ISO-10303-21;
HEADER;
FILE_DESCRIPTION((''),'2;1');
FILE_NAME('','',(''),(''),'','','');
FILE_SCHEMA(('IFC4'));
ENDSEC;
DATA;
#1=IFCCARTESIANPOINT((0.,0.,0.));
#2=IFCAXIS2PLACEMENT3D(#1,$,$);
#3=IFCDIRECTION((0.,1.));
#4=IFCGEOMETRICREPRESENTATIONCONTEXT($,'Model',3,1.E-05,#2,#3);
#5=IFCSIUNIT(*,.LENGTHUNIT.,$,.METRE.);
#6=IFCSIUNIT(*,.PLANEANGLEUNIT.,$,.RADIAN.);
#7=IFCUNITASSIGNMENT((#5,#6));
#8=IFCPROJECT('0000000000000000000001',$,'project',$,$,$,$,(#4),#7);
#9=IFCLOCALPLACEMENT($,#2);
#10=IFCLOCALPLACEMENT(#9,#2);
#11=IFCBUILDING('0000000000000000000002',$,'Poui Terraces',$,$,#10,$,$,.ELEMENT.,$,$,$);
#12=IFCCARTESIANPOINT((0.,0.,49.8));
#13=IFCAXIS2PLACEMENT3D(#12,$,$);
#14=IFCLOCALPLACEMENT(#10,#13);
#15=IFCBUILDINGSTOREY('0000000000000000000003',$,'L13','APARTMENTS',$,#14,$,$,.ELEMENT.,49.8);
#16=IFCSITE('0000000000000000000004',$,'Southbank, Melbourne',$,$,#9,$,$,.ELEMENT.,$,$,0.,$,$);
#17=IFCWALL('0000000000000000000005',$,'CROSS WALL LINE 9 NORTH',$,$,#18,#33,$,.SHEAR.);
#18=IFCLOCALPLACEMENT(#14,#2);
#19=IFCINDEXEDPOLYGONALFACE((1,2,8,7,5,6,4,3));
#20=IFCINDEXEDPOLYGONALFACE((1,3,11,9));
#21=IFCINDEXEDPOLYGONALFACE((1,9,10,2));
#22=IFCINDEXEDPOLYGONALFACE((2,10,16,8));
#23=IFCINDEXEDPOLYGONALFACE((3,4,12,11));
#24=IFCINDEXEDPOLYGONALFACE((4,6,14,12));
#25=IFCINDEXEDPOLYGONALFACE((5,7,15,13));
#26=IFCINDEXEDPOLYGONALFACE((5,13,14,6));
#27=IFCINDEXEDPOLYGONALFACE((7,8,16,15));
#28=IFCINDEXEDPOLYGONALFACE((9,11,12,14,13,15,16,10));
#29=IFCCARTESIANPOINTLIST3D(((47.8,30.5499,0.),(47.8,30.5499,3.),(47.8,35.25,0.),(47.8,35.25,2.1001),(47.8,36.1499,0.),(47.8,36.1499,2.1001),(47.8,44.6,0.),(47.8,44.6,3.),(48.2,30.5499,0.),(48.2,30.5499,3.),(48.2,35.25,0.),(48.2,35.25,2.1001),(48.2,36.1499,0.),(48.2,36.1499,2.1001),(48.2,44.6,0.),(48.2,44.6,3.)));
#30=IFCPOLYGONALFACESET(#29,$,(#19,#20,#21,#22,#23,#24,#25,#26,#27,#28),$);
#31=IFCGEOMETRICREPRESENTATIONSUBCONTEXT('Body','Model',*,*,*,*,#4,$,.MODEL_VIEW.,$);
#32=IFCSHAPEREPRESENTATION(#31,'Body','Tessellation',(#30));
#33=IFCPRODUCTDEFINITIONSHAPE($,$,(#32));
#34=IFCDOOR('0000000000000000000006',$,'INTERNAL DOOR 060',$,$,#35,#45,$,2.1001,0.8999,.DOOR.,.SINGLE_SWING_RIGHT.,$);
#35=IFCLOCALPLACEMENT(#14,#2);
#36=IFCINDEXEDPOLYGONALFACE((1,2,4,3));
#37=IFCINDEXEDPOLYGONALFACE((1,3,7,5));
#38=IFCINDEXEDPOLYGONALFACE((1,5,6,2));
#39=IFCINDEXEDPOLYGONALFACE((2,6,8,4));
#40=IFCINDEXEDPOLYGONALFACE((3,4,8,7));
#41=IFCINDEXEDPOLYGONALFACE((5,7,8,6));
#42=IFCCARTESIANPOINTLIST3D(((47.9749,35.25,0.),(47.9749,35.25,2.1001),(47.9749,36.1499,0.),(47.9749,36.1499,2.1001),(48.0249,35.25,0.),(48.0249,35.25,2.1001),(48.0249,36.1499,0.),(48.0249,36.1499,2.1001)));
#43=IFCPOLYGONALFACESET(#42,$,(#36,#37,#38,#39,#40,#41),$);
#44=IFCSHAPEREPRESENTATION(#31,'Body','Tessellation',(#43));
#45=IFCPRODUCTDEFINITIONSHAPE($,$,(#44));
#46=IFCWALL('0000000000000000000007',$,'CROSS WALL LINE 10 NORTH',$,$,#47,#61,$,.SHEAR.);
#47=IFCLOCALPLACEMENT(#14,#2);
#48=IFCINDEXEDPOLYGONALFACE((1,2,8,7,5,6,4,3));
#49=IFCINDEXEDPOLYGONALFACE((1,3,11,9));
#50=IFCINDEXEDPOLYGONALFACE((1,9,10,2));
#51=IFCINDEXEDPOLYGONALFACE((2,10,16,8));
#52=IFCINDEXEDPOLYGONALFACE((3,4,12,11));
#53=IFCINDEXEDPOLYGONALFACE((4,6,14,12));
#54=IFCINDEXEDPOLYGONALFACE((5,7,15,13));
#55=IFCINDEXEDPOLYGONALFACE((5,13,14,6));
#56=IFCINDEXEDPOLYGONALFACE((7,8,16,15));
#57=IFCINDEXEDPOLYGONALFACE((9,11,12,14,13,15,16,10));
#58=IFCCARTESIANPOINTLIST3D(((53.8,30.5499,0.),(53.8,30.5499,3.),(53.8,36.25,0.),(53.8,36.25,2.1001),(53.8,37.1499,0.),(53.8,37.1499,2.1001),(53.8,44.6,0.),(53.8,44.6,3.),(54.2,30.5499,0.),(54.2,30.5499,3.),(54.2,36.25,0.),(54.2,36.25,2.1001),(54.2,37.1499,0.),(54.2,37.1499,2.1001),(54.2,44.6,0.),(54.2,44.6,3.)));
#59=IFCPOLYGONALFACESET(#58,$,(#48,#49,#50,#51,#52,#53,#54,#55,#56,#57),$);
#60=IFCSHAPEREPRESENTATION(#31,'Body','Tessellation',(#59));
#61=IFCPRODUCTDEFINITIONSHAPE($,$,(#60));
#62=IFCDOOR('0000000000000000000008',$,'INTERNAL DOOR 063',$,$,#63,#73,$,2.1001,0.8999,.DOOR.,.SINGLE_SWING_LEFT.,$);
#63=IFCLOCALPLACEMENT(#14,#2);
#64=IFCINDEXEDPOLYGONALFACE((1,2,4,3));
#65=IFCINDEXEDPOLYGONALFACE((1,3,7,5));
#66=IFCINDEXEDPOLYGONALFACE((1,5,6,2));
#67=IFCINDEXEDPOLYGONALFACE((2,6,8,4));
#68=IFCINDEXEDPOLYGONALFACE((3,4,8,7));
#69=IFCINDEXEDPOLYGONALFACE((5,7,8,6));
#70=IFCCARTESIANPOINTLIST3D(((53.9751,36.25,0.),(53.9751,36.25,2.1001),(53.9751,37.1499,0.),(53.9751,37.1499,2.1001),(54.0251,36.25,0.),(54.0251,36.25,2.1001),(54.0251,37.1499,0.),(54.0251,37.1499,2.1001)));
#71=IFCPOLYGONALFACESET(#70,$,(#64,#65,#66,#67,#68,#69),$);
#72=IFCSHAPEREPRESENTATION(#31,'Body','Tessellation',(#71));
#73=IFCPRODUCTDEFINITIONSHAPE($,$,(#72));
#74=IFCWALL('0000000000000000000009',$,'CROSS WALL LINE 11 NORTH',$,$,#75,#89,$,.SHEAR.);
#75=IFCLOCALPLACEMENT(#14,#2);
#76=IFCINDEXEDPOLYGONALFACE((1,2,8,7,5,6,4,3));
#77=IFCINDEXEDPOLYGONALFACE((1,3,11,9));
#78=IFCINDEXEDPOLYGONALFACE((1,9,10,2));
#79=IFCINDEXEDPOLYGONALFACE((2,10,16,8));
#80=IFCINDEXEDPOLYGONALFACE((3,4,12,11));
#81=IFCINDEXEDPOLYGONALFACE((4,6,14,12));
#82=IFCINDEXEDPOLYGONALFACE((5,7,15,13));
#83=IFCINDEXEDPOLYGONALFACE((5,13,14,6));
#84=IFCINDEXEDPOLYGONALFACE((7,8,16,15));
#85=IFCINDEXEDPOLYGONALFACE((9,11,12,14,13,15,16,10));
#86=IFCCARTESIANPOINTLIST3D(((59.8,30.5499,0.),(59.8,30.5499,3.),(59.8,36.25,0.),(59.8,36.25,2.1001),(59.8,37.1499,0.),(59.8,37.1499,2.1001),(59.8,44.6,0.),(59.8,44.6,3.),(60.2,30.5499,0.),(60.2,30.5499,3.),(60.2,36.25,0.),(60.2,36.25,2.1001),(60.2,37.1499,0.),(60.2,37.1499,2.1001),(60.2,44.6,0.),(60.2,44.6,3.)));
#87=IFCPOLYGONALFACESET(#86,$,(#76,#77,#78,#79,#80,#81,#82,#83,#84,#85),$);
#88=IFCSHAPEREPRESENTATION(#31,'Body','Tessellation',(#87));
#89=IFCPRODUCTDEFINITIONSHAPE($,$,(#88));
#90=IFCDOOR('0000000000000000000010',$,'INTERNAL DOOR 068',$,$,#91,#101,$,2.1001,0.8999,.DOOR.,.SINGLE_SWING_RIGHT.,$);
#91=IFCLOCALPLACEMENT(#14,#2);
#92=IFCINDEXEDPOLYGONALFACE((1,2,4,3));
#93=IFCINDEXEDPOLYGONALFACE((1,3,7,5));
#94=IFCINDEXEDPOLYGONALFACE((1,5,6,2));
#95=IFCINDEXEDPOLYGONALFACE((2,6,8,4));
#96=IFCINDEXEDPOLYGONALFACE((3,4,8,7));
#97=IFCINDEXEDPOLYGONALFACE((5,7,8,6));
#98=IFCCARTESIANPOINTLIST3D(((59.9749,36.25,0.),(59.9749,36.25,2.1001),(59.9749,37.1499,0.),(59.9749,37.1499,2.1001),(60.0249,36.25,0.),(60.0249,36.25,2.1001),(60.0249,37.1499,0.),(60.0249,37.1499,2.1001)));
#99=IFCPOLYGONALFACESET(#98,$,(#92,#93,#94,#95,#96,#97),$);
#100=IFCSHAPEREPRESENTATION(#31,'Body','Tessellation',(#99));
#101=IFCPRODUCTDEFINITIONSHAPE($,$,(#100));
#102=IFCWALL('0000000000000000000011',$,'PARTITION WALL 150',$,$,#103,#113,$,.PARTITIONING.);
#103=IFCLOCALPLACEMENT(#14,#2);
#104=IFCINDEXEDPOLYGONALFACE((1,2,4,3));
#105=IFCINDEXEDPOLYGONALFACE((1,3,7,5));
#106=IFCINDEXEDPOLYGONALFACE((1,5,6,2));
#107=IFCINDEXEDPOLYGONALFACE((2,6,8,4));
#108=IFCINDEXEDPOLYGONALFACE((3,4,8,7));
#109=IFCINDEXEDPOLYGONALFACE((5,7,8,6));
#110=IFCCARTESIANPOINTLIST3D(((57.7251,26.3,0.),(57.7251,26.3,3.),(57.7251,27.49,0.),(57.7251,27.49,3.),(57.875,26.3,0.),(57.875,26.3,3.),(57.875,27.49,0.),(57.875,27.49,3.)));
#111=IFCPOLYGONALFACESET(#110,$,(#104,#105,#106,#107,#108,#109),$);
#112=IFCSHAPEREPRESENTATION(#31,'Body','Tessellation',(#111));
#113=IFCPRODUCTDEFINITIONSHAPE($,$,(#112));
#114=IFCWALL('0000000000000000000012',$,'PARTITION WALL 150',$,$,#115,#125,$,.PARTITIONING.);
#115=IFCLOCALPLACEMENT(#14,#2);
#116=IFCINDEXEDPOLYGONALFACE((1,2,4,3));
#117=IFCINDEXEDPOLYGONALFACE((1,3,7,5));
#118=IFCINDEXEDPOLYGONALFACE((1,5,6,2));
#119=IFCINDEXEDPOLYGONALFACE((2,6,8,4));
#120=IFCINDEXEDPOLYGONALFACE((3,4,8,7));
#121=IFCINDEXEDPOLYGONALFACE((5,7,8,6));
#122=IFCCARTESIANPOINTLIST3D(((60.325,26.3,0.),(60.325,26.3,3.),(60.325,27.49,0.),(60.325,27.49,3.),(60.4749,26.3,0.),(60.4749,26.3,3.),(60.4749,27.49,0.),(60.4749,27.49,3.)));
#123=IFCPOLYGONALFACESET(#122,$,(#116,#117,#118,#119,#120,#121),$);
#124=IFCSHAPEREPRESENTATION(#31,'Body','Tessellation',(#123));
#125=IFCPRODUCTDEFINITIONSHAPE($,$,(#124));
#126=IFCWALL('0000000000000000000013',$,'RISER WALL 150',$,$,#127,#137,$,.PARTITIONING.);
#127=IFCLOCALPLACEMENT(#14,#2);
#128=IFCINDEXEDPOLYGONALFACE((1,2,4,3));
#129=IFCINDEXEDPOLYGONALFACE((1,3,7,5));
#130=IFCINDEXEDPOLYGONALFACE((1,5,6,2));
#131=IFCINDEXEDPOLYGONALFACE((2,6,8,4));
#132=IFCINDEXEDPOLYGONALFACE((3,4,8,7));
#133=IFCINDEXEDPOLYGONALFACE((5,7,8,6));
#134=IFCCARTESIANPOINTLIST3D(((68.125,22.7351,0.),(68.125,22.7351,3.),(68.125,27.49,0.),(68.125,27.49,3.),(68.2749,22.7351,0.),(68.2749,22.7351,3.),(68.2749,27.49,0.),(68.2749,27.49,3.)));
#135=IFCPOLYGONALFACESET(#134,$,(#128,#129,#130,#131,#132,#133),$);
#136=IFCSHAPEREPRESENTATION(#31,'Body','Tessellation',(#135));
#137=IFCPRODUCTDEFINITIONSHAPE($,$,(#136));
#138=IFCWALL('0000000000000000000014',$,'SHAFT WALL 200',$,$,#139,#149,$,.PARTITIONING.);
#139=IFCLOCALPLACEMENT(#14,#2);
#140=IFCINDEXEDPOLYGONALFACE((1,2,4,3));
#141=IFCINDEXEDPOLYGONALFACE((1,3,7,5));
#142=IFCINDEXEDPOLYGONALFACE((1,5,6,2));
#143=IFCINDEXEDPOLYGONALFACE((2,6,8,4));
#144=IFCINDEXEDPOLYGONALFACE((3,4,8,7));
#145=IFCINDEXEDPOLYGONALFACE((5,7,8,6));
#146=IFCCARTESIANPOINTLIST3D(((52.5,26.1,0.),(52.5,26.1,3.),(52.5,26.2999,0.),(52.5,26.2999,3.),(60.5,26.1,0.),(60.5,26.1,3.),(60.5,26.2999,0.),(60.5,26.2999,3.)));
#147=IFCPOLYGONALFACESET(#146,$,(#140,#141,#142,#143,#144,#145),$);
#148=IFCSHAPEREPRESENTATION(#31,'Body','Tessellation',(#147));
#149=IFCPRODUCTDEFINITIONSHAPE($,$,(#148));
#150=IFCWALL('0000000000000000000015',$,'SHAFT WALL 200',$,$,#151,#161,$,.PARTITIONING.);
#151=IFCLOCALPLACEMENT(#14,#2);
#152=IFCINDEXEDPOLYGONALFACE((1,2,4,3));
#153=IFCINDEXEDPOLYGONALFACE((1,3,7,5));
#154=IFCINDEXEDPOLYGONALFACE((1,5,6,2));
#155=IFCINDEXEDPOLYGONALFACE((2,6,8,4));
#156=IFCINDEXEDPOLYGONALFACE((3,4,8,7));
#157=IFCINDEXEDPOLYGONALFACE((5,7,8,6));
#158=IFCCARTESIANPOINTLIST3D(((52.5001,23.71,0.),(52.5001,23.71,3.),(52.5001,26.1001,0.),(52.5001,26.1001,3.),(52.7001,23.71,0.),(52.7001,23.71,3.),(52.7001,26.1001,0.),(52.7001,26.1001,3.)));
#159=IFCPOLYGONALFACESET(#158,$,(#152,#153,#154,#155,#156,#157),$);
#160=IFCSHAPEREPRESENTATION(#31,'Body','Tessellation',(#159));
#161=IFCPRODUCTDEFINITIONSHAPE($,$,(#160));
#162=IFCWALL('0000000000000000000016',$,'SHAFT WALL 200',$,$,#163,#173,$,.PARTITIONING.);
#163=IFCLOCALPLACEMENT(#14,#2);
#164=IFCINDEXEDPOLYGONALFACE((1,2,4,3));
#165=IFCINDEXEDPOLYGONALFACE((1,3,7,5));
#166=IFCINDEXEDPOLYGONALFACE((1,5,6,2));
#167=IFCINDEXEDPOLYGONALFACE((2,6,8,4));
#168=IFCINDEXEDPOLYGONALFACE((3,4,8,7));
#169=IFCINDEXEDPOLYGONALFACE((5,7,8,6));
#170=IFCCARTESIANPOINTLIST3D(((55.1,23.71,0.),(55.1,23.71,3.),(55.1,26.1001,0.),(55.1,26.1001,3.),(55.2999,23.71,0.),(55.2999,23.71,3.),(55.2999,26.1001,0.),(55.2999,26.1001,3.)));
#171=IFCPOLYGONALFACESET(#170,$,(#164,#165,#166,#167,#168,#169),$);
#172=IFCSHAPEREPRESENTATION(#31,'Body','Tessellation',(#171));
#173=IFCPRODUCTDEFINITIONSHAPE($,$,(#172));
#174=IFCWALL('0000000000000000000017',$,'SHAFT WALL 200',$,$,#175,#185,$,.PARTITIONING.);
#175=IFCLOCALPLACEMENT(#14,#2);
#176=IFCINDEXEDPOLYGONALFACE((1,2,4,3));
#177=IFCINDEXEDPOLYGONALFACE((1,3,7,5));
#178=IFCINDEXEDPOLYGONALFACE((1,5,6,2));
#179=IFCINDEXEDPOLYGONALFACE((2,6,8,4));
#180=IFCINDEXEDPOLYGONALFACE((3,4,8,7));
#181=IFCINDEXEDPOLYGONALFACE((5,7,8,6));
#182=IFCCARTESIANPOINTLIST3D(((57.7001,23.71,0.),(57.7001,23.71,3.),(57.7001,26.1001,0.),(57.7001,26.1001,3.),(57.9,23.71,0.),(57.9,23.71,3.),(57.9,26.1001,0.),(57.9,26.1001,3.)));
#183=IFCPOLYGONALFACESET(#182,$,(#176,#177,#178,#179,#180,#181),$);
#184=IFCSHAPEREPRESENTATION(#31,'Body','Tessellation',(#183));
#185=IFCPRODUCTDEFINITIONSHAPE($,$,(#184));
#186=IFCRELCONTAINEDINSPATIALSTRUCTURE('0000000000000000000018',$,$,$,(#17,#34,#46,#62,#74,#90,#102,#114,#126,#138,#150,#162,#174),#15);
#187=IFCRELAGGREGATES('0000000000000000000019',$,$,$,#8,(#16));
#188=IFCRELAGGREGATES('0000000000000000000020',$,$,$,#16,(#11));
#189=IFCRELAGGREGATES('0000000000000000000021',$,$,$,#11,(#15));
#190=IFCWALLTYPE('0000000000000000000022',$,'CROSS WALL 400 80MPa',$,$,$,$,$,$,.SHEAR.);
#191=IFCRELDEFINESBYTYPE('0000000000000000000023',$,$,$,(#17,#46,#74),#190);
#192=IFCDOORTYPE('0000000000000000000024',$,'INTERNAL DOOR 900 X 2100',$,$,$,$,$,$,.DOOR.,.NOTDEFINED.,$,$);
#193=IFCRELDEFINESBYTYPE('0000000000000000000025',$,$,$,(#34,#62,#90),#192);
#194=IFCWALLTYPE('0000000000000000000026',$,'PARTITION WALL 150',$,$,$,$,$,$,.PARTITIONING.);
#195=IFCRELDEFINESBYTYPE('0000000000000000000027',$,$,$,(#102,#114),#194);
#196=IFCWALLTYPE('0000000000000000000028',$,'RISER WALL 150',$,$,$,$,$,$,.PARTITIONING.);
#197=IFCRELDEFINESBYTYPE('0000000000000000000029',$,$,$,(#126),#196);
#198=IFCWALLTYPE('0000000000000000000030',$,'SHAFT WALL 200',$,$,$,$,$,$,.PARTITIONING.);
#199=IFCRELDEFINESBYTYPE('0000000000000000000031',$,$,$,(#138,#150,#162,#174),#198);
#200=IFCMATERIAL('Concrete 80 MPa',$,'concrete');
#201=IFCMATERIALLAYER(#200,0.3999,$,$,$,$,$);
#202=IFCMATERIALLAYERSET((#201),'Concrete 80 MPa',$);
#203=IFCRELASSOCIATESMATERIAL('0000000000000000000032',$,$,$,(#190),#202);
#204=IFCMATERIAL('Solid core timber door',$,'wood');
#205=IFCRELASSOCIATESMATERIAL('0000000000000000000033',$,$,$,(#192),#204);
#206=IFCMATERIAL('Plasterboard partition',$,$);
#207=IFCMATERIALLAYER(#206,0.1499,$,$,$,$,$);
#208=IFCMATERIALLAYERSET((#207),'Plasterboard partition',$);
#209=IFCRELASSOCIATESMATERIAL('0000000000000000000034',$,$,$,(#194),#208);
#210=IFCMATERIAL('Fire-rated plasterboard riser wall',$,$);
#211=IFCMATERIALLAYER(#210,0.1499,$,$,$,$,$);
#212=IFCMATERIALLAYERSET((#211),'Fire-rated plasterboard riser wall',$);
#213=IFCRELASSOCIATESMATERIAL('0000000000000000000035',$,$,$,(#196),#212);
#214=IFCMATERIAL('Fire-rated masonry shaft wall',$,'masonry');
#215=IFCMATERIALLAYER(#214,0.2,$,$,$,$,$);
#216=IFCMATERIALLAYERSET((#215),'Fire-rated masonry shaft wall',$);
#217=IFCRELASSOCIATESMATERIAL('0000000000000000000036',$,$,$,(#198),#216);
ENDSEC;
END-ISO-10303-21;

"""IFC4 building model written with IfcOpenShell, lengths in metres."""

from ifc_helpers import new_model, si_unit, direction, frame, frame_2d, origin, place, context, subcontext, project, spatial, rectangle, extrude, material, layer, layer_set, type_object, element, fill, save


model = new_model("IFC4")

# Units and contexts
model_context = context("Model", 3, precision=1e-05, world=origin(), true_north=direction((0.0, 1.0)))
body_context = subcontext(model_context, "Body", "Model", "MODEL_VIEW")
ifc_project = project(units=[si_unit("LENGTHUNIT", "METRE"), si_unit("PLANEANGLEUNIT", "RADIAN")], contexts=[model_context])

# Site, building, storey
site_placement = place(None, origin())
site = spatial("IfcSite", under=ifc_project, at=site_placement, Name="Southbank, Melbourne", CompositionType="ELEMENT", RefElevation=0.0)
building_placement = place(site_placement, origin())
building = spatial("IfcBuilding", under=site, at=building_placement, Name="Poui Terraces", CompositionType="ELEMENT")
storey_placement = place(building_placement, frame((0.0, 0.0, 49.8)))
storey = spatial("IfcBuildingStorey", under=building, at=storey_placement, Name="L13", Description="APARTMENTS", CompositionType="ELEMENT", Elevation=49.8)

# Shared definitions
ifc_material_1 = material(Name="Concrete 80 MPa", Category="concrete")

# Walls, openings, doors
ifc_layer_1 = layer(ifc_material_1, 0.3999)
ifc_layer_set_1 = layer_set([ifc_layer_1], Name="Concrete 80 MPa")
wall_type_1 = type_object("IfcWallType", Name="CROSS WALL 400 80MPa", PredefinedType="SHEAR", material=ifc_layer_set_1)
wall_1_placement = place(storey_placement, frame((48.0, 30.55, 0.0), z_axis=(0.0, 0.0, 1.0), x_axis=(0.0, 1.0, 0.0)))
wall_1 = element("IfcWall", 1, at=wall_1_placement, inside=storey, type_object=wall_type_1, Name="CROSS WALL LINE 9 NORTH", PredefinedType="SHEAR", context=body_context, shape_type="SweptSolid", body=[
    extrude(rectangle(XDim=14.05, YDim=0.3999, at=frame_2d((7.0249, 0.0))), origin(), (0.0, 0.0, 1.0), 3.0),
])
opening_1_placement = place(wall_1_placement, frame((4.7, 0.0, 0.0)))
opening_1 = element("IfcOpeningElement", 2, at=opening_1_placement, cuts=wall_1, PredefinedType="OPENING", context=body_context, shape_type="SweptSolid", body=[
    extrude(rectangle(XDim=0.8999, YDim=2.1001, at=frame_2d((0.45, 1.05))), frame((0.0, 0.21, 0.0), z_axis=(0.0, -1.0, 0.0), x_axis=(1.0, 0.0, 0.0)), (0.0, 0.0, 1.0), 0.4199),
])
ifc_material_2 = material(Name="Solid core timber door", Category="wood")
door_type_1 = type_object("IfcDoorType", Name="INTERNAL DOOR 900 X 2100", OperationType="NOTDEFINED", PredefinedType="DOOR", material=ifc_material_2)
door_1_placement = place(opening_1_placement, frame((0.8999, 0.0, 0.0), z_axis=(0.0, 0.0, 1.0), x_axis=(-1.0, 0.0, 0.0)))
door_1 = element("IfcDoor", 3, at=door_1_placement, inside=storey, type_object=door_type_1, Name="INTERNAL DOOR 060", OperationType="SINGLE_SWING_RIGHT", OverallHeight=2.1001, OverallWidth=0.8999, PredefinedType="DOOR", context=body_context, shape_type="SweptSolid", body=[
    extrude(rectangle(XDim=0.8999, YDim=2.1001, at=frame_2d((0.45, 1.05))), frame((0.0, 0.0249, 0.0), z_axis=(0.0, -1.0, 0.0), x_axis=(1.0, 0.0, 0.0)), (0.0, 0.0, 1.0), 0.05),
])
fill(opening_1, door_1)
wall_2_placement = place(storey_placement, frame((54.0, 30.55, 0.0), z_axis=(0.0, 0.0, 1.0), x_axis=(0.0, 1.0, 0.0)))
wall_2 = element("IfcWall", 4, at=wall_2_placement, inside=storey, type_object=wall_type_1, Name="CROSS WALL LINE 10 NORTH", PredefinedType="SHEAR", context=body_context, shape_type="SweptSolid", body=[
    extrude(rectangle(XDim=14.05, YDim=0.3999, at=frame_2d((7.0249, 0.0))), origin(), (0.0, 0.0, 1.0), 3.0),
])
opening_2_placement = place(wall_2_placement, frame((5.7, 0.0, 0.0)))
opening_2 = element("IfcOpeningElement", 5, at=opening_2_placement, cuts=wall_2, PredefinedType="OPENING", context=body_context, shape_type="SweptSolid", body=[
    extrude(rectangle(XDim=0.8999, YDim=2.1001, at=frame_2d((0.45, 1.05))), frame((0.0, 0.21, 0.0), z_axis=(0.0, -1.0, 0.0), x_axis=(1.0, 0.0, 0.0)), (0.0, 0.0, 1.0), 0.4199),
])
door_2_placement = place(opening_2_placement, origin())
door_2 = element("IfcDoor", 6, at=door_2_placement, inside=storey, type_object=door_type_1, Name="INTERNAL DOOR 063", OperationType="SINGLE_SWING_LEFT", OverallHeight=2.1001, OverallWidth=0.8999, PredefinedType="DOOR", context=body_context, shape_type="SweptSolid", body=[
    extrude(rectangle(XDim=0.8999, YDim=2.1001, at=frame_2d((0.45, 1.05))), frame((0.0, 0.0249, 0.0), z_axis=(0.0, -1.0, 0.0), x_axis=(1.0, 0.0, 0.0)), (0.0, 0.0, 1.0), 0.05),
])
fill(opening_2, door_2)
wall_3_placement = place(storey_placement, frame((60.0, 30.55, 0.0), z_axis=(0.0, 0.0, 1.0), x_axis=(0.0, 1.0, 0.0)))
wall_3 = element("IfcWall", 7, at=wall_3_placement, inside=storey, type_object=wall_type_1, Name="CROSS WALL LINE 11 NORTH", PredefinedType="SHEAR", context=body_context, shape_type="SweptSolid", body=[
    extrude(rectangle(XDim=14.05, YDim=0.3999, at=frame_2d((7.0249, 0.0))), origin(), (0.0, 0.0, 1.0), 3.0),
])
opening_3_placement = place(wall_3_placement, frame((5.7, 0.0, 0.0)))
opening_3 = element("IfcOpeningElement", 8, at=opening_3_placement, cuts=wall_3, PredefinedType="OPENING", context=body_context, shape_type="SweptSolid", body=[
    extrude(rectangle(XDim=0.8999, YDim=2.1001, at=frame_2d((0.45, 1.05))), frame((0.0, 0.21, 0.0), z_axis=(0.0, -1.0, 0.0), x_axis=(1.0, 0.0, 0.0)), (0.0, 0.0, 1.0), 0.4199),
])
door_3_placement = place(opening_3_placement, frame((0.8999, 0.0, 0.0), z_axis=(0.0, 0.0, 1.0), x_axis=(-1.0, 0.0, 0.0)))
door_3 = element("IfcDoor", 9, at=door_3_placement, inside=storey, type_object=door_type_1, Name="INTERNAL DOOR 068", OperationType="SINGLE_SWING_RIGHT", OverallHeight=2.1001, OverallWidth=0.8999, PredefinedType="DOOR", context=body_context, shape_type="SweptSolid", body=[
    extrude(rectangle(XDim=0.8999, YDim=2.1001, at=frame_2d((0.45, 1.05))), frame((0.0, 0.0249, 0.0), z_axis=(0.0, -1.0, 0.0), x_axis=(1.0, 0.0, 0.0)), (0.0, 0.0, 1.0), 0.05),
])
fill(opening_3, door_3)

# Walls
ifc_material_3 = material(Name="Plasterboard partition")
ifc_layer_2 = layer(ifc_material_3, 0.1499)
ifc_layer_set_2 = layer_set([ifc_layer_2], Name="Plasterboard partition")
wall_type_2 = type_object("IfcWallType", Name="PARTITION WALL 150", PredefinedType="PARTITIONING", material=ifc_layer_set_2)
for number, where, z_axis, x_axis, name in (
    (10, (57.8, 26.3, 0.0), (0.0, 0.0, 1.0), (0.0, 1.0, 0.0), "PARTITION WALL 150"),
    (11, (60.3999, 26.3, 0.0), (0.0, 0.0, 1.0), (0.0, 1.0, 0.0), "PARTITION WALL 150"),
):
    element("IfcWall", number, at=place(storey_placement, frame(where, z_axis=z_axis, x_axis=x_axis)), inside=storey, type_object=wall_type_2, Name=name, PredefinedType="PARTITIONING", context=body_context, shape_type="SweptSolid", body=[
        extrude(rectangle(XDim=1.1899, YDim=0.1499, at=frame_2d((0.595, 0.0))), origin(), (0.0, 0.0, 1.0), 3.0),
    ])
ifc_material_4 = material(Name="Fire-rated plasterboard riser wall")
ifc_layer_3 = layer(ifc_material_4, 0.1499)
ifc_layer_set_3 = layer_set([ifc_layer_3], Name="Fire-rated plasterboard riser wall")
wall_type_3 = type_object("IfcWallType", Name="RISER WALL 150", PredefinedType="PARTITIONING", material=ifc_layer_set_3)
wall_4_placement = place(storey_placement, frame((68.2, 22.7351, 0.0), z_axis=(0.0, 0.0, 1.0), x_axis=(0.0, 1.0, 0.0)))
element("IfcWall", 12, at=wall_4_placement, inside=storey, type_object=wall_type_3, Name="RISER WALL 150", PredefinedType="PARTITIONING", context=body_context, shape_type="SweptSolid", body=[
    extrude(rectangle(XDim=4.7549, YDim=0.1499, at=frame_2d((2.3774, 0.0))), origin(), (0.0, 0.0, 1.0), 3.0),
])
ifc_material_5 = material(Name="Fire-rated masonry shaft wall", Category="masonry")
ifc_layer_4 = layer(ifc_material_5, 0.2)
ifc_layer_set_4 = layer_set([ifc_layer_4], Name="Fire-rated masonry shaft wall")
wall_type_4 = type_object("IfcWallType", Name="SHAFT WALL 200", PredefinedType="PARTITIONING", material=ifc_layer_set_4)
wall_5_placement = place(storey_placement, frame((52.5, 26.2, 0.0), z_axis=(0.0, 0.0, 1.0), x_axis=(1.0, 0.0, 0.0)))
element("IfcWall", 13, at=wall_5_placement, inside=storey, type_object=wall_type_4, Name="SHAFT WALL 200", PredefinedType="PARTITIONING", context=body_context, shape_type="SweptSolid", body=[
    extrude(rectangle(XDim=8.0, YDim=0.2, at=frame_2d((4.0, 0.0))), origin(), (0.0, 0.0, 1.0), 3.0),
])
for number, where, z_axis, x_axis, name in (
    (14, (52.6001, 23.71, 0.0), (0.0, 0.0, 1.0), (0.0, 1.0, 0.0), "SHAFT WALL 200"),
    (15, (55.2, 23.71, 0.0), (0.0, 0.0, 1.0), (0.0, 1.0, 0.0), "SHAFT WALL 200"),
    (16, (57.8, 23.71, 0.0), (0.0, 0.0, 1.0), (0.0, 1.0, 0.0), "SHAFT WALL 200"),
):
    element("IfcWall", number, at=place(storey_placement, frame(where, z_axis=z_axis, x_axis=x_axis)), inside=storey, type_object=wall_type_4, Name=name, PredefinedType="PARTITIONING", context=body_context, shape_type="SweptSolid", body=[
        extrude(rectangle(XDim=2.3901, YDim=0.2, at=frame_2d((1.1951, 0.0))), origin(), (0.0, 0.0, 1.0), 3.0),
    ])

save(model, "model.ifc")
